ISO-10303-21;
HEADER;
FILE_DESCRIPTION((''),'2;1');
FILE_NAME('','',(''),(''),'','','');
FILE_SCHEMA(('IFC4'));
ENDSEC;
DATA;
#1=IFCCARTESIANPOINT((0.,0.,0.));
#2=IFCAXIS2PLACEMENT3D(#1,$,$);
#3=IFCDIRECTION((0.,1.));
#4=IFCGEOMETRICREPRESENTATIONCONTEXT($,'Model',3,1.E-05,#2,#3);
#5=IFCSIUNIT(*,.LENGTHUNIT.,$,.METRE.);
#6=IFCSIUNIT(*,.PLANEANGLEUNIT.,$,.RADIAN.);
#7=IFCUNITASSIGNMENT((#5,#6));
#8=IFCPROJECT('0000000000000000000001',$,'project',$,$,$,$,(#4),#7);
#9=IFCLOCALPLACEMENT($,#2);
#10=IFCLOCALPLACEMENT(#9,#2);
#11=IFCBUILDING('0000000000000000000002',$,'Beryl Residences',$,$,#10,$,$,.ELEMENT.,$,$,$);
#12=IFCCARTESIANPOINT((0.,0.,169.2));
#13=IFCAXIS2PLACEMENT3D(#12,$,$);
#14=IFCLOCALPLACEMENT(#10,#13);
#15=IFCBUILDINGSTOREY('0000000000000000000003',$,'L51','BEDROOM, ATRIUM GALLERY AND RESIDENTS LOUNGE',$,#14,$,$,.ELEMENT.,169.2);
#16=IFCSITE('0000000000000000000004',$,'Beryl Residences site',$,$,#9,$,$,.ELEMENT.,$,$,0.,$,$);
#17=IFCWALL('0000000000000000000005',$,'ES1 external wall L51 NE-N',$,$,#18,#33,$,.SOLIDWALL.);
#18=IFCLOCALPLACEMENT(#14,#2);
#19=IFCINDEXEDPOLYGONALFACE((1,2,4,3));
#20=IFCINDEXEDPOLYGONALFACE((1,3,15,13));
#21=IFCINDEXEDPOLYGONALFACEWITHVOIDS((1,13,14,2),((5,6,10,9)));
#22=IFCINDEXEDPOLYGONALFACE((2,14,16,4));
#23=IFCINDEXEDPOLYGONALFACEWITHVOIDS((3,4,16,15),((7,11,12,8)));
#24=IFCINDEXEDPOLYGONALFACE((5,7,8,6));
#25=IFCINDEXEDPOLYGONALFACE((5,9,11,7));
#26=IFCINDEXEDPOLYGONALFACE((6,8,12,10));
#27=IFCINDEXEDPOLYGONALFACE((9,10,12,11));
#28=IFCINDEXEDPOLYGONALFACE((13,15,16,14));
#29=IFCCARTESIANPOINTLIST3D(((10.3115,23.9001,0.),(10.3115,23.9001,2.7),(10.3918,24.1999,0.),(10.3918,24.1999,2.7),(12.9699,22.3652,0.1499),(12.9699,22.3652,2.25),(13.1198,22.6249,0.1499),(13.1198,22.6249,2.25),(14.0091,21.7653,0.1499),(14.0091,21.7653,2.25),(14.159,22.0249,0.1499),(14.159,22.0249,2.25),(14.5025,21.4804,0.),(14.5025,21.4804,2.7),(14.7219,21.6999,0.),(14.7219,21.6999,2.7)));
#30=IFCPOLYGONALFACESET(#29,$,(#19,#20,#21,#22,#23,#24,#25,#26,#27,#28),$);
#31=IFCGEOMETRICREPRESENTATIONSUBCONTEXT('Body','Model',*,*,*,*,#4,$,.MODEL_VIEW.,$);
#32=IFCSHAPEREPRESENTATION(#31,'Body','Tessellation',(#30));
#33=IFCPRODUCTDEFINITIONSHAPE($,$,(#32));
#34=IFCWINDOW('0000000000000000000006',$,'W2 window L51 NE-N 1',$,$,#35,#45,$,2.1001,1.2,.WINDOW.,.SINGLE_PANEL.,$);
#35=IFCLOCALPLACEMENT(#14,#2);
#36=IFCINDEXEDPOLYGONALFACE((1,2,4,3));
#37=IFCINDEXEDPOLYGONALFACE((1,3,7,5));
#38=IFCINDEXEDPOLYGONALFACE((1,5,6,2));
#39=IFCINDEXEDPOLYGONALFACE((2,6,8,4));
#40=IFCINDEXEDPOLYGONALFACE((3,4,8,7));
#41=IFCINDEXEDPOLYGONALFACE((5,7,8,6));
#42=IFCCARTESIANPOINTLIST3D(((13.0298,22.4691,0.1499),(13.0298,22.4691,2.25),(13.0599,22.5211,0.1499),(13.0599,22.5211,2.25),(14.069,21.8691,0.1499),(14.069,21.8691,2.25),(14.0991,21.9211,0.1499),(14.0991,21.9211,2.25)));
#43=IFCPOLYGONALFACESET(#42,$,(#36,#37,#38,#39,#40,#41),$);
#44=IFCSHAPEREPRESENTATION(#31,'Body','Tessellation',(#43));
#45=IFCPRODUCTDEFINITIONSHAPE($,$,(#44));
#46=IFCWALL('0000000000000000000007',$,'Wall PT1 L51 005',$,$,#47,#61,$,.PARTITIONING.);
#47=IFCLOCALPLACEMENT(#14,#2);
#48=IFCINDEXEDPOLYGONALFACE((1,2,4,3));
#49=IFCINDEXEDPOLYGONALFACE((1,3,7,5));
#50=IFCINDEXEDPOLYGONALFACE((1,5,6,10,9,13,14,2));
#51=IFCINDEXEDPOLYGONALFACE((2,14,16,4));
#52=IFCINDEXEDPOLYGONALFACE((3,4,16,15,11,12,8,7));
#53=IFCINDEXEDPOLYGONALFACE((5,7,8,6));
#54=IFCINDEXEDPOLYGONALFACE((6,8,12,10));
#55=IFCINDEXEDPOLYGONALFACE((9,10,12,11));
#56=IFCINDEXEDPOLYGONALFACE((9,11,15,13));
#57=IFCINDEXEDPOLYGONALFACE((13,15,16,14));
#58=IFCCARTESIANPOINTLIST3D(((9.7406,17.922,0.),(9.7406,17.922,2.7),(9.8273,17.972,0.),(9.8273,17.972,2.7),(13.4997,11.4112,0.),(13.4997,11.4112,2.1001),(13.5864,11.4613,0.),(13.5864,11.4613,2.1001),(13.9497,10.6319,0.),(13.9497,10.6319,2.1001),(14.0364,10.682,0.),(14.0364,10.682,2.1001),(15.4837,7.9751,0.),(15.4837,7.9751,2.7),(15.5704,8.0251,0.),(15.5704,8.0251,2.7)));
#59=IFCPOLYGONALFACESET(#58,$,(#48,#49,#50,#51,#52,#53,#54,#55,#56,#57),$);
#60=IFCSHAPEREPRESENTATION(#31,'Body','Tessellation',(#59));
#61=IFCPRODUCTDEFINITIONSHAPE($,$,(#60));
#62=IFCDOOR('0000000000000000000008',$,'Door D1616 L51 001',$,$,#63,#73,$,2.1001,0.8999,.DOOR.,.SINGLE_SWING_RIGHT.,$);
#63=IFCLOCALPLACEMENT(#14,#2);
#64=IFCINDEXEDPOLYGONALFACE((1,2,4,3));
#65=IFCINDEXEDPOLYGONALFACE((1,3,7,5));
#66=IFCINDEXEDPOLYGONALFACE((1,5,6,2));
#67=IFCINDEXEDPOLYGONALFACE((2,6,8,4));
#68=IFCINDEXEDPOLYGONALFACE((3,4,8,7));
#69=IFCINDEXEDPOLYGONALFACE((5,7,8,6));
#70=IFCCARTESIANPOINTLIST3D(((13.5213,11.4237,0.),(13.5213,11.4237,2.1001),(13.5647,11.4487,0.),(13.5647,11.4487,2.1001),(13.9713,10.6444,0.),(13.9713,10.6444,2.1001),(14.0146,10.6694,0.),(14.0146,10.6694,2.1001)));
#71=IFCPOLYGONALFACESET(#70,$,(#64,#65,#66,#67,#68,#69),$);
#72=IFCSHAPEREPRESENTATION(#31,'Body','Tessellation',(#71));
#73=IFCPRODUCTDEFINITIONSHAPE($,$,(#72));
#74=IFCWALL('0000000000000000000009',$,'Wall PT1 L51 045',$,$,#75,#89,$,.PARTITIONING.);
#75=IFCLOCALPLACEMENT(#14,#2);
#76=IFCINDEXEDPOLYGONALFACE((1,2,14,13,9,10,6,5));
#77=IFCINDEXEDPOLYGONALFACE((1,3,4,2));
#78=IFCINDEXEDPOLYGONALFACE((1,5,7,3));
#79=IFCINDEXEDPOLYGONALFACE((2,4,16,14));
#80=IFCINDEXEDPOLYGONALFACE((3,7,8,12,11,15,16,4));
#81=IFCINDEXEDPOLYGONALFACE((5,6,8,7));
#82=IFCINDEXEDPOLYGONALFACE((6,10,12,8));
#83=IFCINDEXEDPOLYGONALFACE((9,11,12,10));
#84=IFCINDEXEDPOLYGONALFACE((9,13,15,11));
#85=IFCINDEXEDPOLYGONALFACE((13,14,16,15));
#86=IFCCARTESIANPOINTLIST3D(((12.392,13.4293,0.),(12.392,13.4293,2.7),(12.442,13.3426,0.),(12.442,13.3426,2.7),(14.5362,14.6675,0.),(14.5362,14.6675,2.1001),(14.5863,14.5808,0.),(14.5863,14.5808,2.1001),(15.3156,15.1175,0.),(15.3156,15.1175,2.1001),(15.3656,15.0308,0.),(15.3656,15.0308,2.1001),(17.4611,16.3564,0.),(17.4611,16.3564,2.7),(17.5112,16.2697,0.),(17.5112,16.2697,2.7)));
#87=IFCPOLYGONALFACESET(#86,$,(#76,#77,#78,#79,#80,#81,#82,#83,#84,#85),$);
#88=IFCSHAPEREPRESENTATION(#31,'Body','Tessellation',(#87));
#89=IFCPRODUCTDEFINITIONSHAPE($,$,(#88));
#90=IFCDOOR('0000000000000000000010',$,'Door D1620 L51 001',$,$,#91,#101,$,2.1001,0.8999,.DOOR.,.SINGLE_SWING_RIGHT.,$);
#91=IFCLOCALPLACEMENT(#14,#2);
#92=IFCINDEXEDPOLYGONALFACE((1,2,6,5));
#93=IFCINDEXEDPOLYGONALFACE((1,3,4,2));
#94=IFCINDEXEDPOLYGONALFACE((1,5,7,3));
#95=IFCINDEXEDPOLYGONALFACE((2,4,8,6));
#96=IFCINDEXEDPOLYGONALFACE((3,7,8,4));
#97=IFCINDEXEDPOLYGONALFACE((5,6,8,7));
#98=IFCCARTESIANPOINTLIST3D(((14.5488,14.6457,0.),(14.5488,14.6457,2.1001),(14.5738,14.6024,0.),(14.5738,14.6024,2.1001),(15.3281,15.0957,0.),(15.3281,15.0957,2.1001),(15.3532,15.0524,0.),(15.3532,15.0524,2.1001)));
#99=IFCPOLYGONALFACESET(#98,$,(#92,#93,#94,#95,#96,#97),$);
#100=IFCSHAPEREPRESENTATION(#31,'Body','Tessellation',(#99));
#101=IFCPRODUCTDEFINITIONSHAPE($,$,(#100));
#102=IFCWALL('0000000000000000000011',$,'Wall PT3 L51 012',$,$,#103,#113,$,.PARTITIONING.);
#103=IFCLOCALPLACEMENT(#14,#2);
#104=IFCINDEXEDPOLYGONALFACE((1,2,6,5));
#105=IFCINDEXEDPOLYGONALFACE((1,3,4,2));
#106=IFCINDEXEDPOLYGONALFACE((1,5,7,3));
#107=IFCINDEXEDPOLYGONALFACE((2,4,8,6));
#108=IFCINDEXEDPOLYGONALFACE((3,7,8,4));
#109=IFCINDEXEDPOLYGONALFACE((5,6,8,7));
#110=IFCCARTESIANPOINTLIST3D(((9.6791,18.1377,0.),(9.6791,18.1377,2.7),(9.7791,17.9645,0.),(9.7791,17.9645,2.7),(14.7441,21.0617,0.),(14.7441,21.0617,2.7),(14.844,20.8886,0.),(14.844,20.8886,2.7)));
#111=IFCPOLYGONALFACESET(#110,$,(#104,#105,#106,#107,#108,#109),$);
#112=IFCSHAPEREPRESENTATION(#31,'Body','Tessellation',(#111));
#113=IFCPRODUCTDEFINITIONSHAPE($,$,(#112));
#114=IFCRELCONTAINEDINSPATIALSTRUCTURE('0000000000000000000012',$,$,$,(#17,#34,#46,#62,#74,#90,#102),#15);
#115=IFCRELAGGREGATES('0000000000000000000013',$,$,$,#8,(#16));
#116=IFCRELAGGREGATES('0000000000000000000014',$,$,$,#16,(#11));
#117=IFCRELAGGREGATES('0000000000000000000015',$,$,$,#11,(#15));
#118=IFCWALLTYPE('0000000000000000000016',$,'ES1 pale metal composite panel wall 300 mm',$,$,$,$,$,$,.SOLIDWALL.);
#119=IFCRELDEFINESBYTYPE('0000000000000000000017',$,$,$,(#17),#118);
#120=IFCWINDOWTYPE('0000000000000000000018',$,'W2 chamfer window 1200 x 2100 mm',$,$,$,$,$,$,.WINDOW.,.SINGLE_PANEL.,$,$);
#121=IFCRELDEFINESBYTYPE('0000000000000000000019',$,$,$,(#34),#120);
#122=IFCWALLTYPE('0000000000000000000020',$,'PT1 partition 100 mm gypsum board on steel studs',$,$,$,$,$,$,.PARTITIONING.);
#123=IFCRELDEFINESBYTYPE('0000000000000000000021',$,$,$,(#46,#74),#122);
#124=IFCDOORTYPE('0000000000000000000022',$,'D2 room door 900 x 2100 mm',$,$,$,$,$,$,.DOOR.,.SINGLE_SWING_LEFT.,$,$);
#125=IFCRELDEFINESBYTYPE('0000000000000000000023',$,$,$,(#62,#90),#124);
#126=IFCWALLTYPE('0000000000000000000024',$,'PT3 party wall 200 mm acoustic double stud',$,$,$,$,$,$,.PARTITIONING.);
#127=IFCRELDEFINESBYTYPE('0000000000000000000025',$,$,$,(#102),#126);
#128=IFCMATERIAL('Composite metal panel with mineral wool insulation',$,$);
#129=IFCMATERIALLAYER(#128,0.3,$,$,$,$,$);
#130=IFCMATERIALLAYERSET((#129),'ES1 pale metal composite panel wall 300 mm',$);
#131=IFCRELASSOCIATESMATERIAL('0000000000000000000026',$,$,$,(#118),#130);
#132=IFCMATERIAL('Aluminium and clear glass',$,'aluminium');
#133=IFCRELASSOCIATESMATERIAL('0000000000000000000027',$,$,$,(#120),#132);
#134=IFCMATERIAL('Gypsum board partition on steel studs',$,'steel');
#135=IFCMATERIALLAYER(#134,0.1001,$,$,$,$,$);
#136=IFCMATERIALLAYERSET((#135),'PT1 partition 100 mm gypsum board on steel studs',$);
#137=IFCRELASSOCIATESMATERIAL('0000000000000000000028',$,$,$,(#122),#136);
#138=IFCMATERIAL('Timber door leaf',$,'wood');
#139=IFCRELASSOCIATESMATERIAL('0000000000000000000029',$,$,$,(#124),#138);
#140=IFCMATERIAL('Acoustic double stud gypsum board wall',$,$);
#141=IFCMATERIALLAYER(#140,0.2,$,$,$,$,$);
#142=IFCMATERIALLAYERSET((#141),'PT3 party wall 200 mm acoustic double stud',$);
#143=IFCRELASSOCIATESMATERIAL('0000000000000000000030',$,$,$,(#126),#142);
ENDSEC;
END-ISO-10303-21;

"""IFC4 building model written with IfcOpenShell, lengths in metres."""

from ifc_helpers import new_model, si_unit, direction, frame, frame_2d, origin, place, context, subcontext, project, spatial, polyline, rectangle, outline, extrude, material, layer, layer_set, type_object, element, fill, save


model = new_model("IFC4")

# Units and contexts
model_context = context("Model", 3, precision=1e-05, world=origin(), true_north=direction((0.0, 1.0)))
body_context = subcontext(model_context, "Body", "Model", "MODEL_VIEW")
ifc_project = project(units=[si_unit("LENGTHUNIT", "METRE"), si_unit("PLANEANGLEUNIT", "RADIAN")], contexts=[model_context])

# Site, building, storey
site_placement = place(None, origin())
site = spatial("IfcSite", under=ifc_project, at=site_placement, Name="Beryl Residences site", CompositionType="ELEMENT", RefElevation=0.0)
building_placement = place(site_placement, origin())
building = spatial("IfcBuilding", under=site, at=building_placement, Name="Beryl Residences", CompositionType="ELEMENT")
storey_placement = place(building_placement, frame((0.0, 0.0, 169.2)))
storey = spatial("IfcBuildingStorey", under=building, at=storey_placement, Name="L51", Description="BEDROOM, ATRIUM GALLERY AND RESIDENTS LOUNGE", CompositionType="ELEMENT", Elevation=169.2)

# Shared definitions
ifc_material_1 = material(Name="Composite metal panel with mineral wool insulation")
ifc_layer_1 = layer(ifc_material_1, 0.3)
ifc_layer_set_1 = layer_set([ifc_layer_1], Name="ES1 pale metal composite panel wall 300 mm")
wall_type_1 = type_object("IfcWallType", Name="ES1 pale metal composite panel wall 300 mm", PredefinedType="SOLIDWALL", material=ifc_layer_set_1)

# Wall, opening, window
wall_1_placement = place(storey_placement, frame((14.647, 21.5701, 0.0), z_axis=(0.0, 0.0, 1.0), x_axis=(-0.866023, 0.500004, 0.0)))
wall_1 = element("IfcWall", 1, at=wall_1_placement, inside=storey, type_object=wall_type_1, Name="ES1 external wall L51 NE-N", PredefinedType="SOLIDWALL", context=body_context, shape_type="SweptSolid", body=[
    extrude(outline(polyline([(0.0, -0.1499), (5.0, -0.1499), (4.9197, 0.1499), (0.0803, 0.1499), (0.0, -0.1499)])), origin(), (0.0, 0.0, 1.0), 2.7),
])
opening_1_placement = place(wall_1_placement, frame((0.6499, 0.0, 0.1499)))
opening_1 = element("IfcOpeningElement", 2, at=opening_1_placement, cuts=wall_1, PredefinedType="OPENING", context=body_context, shape_type="SweptSolid", body=[
    extrude(rectangle(XDim=1.2, YDim=2.1001, at=frame_2d((0.6001, 1.05))), frame((0.0, 0.1599, 0.0), z_axis=(0.0, -1.0, 0.0), x_axis=(1.0, 0.0, 0.0)), (0.0, 0.0, 1.0), 0.3201),
])
ifc_material_2 = material(Name="Aluminium and clear glass", Category="aluminium")
window_type_1 = type_object("IfcWindowType", Name="W2 chamfer window 1200 x 2100 mm", PartitioningType="SINGLE_PANEL", PredefinedType="WINDOW", material=ifc_material_2)
window_1_placement = place(opening_1_placement, origin())
window_1 = element("IfcWindow", 3, at=window_1_placement, inside=storey, type_object=window_type_1, Name="W2 window L51 NE-N 1", OverallHeight=2.1001, OverallWidth=1.2, PartitioningType="SINGLE_PANEL", PredefinedType="WINDOW", context=body_context, shape_type="SweptSolid", body=[
    extrude(rectangle(XDim=1.2, YDim=2.1001, at=frame_2d((0.6001, 1.05))), frame((0.0, 0.03, 0.0), z_axis=(0.0, -1.0, 0.0), x_axis=(1.0, 0.0, 0.0)), (0.0, 0.0, 1.0), 0.0601),
])
fill(opening_1, window_1)

# Walls, openings, doors
ifc_material_3 = material(Name="Gypsum board partition on steel studs", Category="steel")
ifc_layer_2 = layer(ifc_material_3, 0.1001)
ifc_layer_set_2 = layer_set([ifc_layer_2], Name="PT1 partition 100 mm gypsum board on steel studs")
wall_type_2 = type_object("IfcWallType", Name="PT1 partition 100 mm gypsum board on steel studs", PredefinedType="PARTITIONING", material=ifc_layer_set_2)
wall_2_placement = place(storey_placement, frame((9.7839, 17.947, 0.0), z_axis=(0.0, 0.0, 1.0), x_axis=(0.500016, -0.866016, 0.0)))
wall_2 = element("IfcWall", 4, at=wall_2_placement, inside=storey, type_object=wall_type_2, Name="Wall PT1 L51 005", PredefinedType="PARTITIONING", context=body_context, shape_type="SweptSolid", body=[
    extrude(rectangle(XDim=11.4858, YDim=0.1001, at=frame_2d((5.7429, 0.0))), origin(), (0.0, 0.0, 1.0), 2.7),
])
opening_2_placement = place(wall_2_placement, frame((7.5181, 0.0, 0.0)))
opening_2 = element("IfcOpeningElement", 5, at=opening_2_placement, cuts=wall_2, PredefinedType="OPENING", context=body_context, shape_type="SweptSolid", body=[
    extrude(rectangle(XDim=0.8999, YDim=2.1001, at=frame_2d((0.45, 1.05))), frame((0.0, 0.0601, 0.0), z_axis=(0.0, -1.0, 0.0), x_axis=(1.0, 0.0, 0.0)), (0.0, 0.0, 1.0), 0.1201),
])
ifc_material_4 = material(Name="Timber door leaf", Category="wood")
door_type = type_object("IfcDoorType", Name="D2 room door 900 x 2100 mm", OperationType="SINGLE_SWING_LEFT", PredefinedType="DOOR", material=ifc_material_4)
door_1_placement = place(opening_2_placement, origin())
door_1 = element("IfcDoor", 6, at=door_1_placement, inside=storey, type_object=door_type, Name="Door D1616 L51 001", OperationType="SINGLE_SWING_RIGHT", OverallHeight=2.1001, OverallWidth=0.8999, PredefinedType="DOOR", context=body_context, shape_type="SweptSolid", body=[
    extrude(rectangle(XDim=0.8999, YDim=2.1001, at=frame_2d((0.45, 1.05))), frame((0.0, 0.0249, 0.0), z_axis=(0.0, -1.0, 0.0), x_axis=(1.0, 0.0, 0.0)), (0.0, 0.0, 1.0), 0.05),
])
fill(opening_2, door_1)
wall_3_placement = place(storey_placement, frame((12.417, 13.386, 0.0), z_axis=(0.0, 0.0, 1.0), x_axis=(0.865999, 0.500046, 0.0)))
wall_3 = element("IfcWall", 7, at=wall_3_placement, inside=storey, type_object=wall_type_2, Name="Wall PT1 L51 045", PredefinedType="PARTITIONING", context=body_context, shape_type="SweptSolid", body=[
    extrude(rectangle(XDim=5.8535, YDim=0.1001, at=frame_2d((2.9268, 0.0))), origin(), (0.0, 0.0, 1.0), 2.7),
])
opening_3_placement = place(wall_3_placement, frame((2.4761, 0.0, 0.0)))
opening_3 = element("IfcOpeningElement", 8, at=opening_3_placement, cuts=wall_3, PredefinedType="OPENING", context=body_context, shape_type="SweptSolid", body=[
    extrude(rectangle(XDim=0.8999, YDim=2.1001, at=frame_2d((0.45, 1.05))), frame((0.0, 0.0601, 0.0), z_axis=(0.0, -1.0, 0.0), x_axis=(1.0, 0.0, 0.0)), (0.0, 0.0, 1.0), 0.1201),
])
door_2_placement = place(opening_3_placement, origin())
door_2 = element("IfcDoor", 9, at=door_2_placement, inside=storey, type_object=door_type, Name="Door D1620 L51 001", OperationType="SINGLE_SWING_RIGHT", OverallHeight=2.1001, OverallWidth=0.8999, PredefinedType="DOOR", context=body_context, shape_type="SweptSolid", body=[
    extrude(rectangle(XDim=0.8999, YDim=2.1001, at=frame_2d((0.45, 1.05))), frame((0.0, 0.0249, 0.0), z_axis=(0.0, -1.0, 0.0), x_axis=(1.0, 0.0, 0.0)), (0.0, 0.0, 1.0), 0.05),
])
fill(opening_3, door_2)

# Wall
ifc_material_5 = material(Name="Acoustic double stud gypsum board wall")
ifc_layer_3 = layer(ifc_material_5, 0.2)
ifc_layer_set_3 = layer_set([ifc_layer_3], Name="PT3 party wall 200 mm acoustic double stud")
wall_type_3 = type_object("IfcWallType", Name="PT3 party wall 200 mm acoustic double stud", PredefinedType="PARTITIONING", material=ifc_layer_set_3)
wall_4_placement = place(storey_placement, frame((9.729, 18.051, 0.0), z_axis=(0.0, 0.0, 1.0), x_axis=(0.866038, 0.499978, 0.0)))
element("IfcWall", 10, at=wall_4_placement, inside=storey, type_object=wall_type_3, Name="Wall PT3 L51 012", PredefinedType="PARTITIONING", context=body_context, shape_type="SweptSolid", body=[
    extrude(rectangle(XDim=5.8484, YDim=0.2, at=frame_2d((2.9243, 0.0))), origin(), (0.0, 0.0, 1.0), 2.7),
])

save(model, "model.ifc")
